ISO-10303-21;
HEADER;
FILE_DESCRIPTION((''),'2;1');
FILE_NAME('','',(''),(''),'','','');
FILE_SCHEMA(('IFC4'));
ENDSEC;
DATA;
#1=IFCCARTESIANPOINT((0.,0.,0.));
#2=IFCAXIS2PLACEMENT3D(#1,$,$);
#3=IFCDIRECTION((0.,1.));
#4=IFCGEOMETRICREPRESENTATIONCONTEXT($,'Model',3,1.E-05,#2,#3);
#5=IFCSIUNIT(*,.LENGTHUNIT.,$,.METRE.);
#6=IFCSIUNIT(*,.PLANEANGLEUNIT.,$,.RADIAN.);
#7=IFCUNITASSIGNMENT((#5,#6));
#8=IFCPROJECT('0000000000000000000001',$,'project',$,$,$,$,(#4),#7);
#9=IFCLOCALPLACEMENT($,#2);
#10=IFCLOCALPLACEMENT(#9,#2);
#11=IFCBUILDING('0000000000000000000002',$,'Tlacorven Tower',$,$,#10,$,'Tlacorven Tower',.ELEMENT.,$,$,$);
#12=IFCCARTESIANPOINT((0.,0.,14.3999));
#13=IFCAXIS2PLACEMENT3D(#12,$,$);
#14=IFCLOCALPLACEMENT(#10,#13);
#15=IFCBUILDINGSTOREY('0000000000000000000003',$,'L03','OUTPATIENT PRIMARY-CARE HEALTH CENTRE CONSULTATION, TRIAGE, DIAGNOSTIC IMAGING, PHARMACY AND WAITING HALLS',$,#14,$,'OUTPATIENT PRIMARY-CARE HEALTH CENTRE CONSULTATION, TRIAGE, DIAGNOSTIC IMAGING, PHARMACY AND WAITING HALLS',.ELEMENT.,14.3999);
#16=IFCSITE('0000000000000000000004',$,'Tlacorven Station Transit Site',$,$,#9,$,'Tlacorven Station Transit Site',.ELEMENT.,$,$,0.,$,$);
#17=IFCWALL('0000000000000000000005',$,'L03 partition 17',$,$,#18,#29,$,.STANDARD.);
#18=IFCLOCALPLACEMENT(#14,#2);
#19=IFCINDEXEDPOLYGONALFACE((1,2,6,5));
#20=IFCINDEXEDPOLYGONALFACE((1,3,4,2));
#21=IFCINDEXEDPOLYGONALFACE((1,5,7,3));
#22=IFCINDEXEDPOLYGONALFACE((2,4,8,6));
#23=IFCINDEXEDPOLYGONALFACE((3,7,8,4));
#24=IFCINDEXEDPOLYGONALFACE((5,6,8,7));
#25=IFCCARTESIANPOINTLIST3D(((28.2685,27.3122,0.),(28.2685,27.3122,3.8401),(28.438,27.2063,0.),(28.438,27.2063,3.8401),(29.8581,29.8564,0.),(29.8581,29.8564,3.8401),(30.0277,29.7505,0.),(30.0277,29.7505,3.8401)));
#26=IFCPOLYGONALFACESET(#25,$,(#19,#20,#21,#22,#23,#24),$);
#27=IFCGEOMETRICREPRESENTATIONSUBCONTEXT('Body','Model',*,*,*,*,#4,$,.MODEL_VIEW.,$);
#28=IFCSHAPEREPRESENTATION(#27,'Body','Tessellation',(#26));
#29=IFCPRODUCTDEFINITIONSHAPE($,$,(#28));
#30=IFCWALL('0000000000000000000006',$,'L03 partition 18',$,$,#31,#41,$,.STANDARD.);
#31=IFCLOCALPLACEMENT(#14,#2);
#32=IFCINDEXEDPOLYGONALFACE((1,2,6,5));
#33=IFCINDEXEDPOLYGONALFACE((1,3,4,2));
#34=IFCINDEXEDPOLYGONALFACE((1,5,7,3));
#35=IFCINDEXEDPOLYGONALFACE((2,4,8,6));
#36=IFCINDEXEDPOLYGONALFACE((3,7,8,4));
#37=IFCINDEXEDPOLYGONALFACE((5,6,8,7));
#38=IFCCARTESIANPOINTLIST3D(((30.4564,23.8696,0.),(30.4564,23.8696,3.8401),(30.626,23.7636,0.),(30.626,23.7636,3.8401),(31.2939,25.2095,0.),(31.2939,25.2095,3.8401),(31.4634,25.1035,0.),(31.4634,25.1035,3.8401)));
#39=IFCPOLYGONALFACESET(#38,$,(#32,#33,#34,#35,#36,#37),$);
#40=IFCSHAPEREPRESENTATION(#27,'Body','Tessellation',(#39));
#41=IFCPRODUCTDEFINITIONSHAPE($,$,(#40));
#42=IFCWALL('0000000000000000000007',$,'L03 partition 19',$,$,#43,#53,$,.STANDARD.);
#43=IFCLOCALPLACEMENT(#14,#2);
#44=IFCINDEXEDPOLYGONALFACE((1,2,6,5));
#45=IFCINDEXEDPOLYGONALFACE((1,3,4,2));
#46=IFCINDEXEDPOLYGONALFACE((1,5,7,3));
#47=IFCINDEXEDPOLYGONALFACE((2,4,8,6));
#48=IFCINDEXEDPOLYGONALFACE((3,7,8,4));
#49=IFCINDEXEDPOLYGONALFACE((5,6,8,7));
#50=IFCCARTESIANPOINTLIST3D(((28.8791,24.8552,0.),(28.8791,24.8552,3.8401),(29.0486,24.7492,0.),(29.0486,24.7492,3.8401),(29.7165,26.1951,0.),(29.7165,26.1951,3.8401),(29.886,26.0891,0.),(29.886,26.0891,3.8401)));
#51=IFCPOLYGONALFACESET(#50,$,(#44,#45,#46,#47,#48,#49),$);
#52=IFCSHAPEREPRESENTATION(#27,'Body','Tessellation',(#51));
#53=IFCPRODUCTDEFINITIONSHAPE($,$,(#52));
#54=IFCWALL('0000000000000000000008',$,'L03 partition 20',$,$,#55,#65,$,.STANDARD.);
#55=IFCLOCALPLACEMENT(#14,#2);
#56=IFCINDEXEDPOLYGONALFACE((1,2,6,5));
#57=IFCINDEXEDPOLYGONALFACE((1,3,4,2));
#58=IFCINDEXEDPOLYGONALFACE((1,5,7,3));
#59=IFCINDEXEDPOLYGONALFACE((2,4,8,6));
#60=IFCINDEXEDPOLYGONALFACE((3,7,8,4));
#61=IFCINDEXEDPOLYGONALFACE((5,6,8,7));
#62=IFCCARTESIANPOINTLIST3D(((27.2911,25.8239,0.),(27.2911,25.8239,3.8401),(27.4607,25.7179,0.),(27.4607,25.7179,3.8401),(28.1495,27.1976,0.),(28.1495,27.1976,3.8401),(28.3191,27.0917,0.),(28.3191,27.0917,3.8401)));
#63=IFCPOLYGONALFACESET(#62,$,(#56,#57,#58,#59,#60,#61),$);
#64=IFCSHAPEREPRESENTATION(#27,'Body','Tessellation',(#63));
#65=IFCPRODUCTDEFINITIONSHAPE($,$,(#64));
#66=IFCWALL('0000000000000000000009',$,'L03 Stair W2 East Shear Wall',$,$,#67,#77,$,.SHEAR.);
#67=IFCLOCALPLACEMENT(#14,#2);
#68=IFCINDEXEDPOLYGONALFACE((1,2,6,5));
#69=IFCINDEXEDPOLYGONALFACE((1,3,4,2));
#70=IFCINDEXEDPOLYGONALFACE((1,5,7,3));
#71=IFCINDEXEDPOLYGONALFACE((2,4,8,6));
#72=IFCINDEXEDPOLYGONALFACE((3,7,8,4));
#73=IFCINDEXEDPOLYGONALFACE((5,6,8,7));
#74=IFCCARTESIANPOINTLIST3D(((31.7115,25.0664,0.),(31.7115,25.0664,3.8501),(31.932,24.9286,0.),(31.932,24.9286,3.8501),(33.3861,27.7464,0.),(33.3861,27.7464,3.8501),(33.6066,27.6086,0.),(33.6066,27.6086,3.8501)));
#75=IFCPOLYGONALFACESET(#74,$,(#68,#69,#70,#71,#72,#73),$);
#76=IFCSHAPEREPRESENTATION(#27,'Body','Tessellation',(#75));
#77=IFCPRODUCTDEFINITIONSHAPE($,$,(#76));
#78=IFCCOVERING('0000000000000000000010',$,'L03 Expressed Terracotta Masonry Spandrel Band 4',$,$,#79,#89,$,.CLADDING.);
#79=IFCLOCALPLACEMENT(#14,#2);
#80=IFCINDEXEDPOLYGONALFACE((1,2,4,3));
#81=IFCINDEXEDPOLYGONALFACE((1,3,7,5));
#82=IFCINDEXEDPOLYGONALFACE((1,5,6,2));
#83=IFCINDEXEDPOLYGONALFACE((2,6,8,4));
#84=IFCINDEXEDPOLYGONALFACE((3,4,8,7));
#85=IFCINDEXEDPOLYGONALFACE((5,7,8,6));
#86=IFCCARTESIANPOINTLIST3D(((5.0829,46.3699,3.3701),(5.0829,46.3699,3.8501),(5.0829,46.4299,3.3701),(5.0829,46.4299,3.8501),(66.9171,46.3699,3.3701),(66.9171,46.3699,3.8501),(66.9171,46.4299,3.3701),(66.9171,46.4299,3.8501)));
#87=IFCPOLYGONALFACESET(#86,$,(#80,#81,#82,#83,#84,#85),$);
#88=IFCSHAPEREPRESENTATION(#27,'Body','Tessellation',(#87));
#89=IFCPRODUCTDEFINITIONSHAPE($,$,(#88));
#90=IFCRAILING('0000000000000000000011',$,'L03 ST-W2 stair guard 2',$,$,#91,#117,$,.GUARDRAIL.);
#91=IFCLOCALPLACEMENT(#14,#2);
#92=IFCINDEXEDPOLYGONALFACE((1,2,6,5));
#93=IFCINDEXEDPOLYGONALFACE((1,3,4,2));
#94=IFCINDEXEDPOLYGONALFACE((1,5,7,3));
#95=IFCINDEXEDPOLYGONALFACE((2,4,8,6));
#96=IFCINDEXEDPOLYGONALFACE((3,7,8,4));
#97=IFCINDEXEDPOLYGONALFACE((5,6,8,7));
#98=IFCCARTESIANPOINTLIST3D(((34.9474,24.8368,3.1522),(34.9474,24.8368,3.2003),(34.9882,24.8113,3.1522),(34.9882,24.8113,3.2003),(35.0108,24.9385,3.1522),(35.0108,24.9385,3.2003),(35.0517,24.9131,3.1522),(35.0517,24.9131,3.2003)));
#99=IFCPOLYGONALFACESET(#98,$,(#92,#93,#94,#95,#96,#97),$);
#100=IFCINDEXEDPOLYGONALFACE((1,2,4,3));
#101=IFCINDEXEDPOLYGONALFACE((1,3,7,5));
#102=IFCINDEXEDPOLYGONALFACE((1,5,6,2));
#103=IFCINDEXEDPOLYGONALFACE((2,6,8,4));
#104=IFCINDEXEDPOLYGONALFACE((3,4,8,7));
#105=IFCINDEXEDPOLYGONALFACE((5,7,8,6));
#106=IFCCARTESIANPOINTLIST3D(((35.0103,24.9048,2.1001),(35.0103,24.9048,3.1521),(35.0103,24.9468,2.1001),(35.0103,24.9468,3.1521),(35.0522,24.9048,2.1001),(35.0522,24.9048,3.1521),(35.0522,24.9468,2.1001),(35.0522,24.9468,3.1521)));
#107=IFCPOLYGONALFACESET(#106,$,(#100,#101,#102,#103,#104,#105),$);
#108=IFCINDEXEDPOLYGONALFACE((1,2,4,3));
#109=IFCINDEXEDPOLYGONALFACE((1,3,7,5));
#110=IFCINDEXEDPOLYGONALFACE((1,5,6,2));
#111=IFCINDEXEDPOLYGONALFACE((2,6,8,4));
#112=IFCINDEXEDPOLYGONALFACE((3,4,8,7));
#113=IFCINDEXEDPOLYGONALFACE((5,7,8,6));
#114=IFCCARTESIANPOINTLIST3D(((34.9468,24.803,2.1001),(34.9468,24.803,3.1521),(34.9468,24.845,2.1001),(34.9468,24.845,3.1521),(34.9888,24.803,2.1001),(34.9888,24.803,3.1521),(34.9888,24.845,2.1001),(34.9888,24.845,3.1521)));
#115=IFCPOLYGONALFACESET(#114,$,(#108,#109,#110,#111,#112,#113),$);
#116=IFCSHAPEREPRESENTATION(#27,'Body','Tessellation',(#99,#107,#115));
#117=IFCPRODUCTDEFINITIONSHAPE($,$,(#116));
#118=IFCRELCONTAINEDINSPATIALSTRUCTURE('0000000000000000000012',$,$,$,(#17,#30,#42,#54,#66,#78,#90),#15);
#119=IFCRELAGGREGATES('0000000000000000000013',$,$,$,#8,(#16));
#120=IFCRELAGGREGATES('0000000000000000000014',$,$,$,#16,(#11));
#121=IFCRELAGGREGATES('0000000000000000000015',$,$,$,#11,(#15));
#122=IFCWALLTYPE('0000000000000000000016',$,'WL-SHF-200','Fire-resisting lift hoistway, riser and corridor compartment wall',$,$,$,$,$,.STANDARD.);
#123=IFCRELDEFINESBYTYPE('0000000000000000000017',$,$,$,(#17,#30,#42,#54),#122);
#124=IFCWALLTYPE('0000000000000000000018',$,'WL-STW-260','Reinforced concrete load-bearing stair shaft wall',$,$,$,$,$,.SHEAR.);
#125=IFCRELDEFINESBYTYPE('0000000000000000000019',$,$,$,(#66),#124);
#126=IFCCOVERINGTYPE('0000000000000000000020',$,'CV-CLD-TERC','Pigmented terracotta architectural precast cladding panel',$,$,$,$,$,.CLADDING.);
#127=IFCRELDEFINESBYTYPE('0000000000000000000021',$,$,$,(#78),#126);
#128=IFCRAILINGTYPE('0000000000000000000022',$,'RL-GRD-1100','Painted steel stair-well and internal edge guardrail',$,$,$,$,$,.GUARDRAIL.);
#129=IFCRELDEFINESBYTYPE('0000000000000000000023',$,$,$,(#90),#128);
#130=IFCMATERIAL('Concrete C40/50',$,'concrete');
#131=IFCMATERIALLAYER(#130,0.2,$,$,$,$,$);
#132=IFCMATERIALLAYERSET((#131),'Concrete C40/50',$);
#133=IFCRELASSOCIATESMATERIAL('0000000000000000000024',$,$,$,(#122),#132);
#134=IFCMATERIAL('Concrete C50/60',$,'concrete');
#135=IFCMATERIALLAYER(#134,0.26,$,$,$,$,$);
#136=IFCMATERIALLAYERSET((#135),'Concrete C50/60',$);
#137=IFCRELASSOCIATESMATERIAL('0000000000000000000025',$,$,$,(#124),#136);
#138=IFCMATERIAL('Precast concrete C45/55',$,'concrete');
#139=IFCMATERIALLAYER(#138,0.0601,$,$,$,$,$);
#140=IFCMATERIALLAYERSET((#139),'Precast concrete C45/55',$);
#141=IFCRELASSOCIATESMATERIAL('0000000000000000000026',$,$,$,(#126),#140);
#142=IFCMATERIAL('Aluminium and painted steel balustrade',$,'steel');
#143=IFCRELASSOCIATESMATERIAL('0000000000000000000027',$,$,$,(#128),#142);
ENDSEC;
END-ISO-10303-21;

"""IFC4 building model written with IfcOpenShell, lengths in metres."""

from ifc_helpers import new_model, si_unit, direction, frame, frame_2d, origin, origin_2d, place, context, subcontext, project, spatial, rectangle, extrude, source, transform, mapped, material, layer, layer_set, type_object, element, save


model = new_model("IFC4")

# Units and contexts
model_context = context("Model", 3, precision=1e-05, world=origin(), true_north=direction((0.0, 1.0)))
body_context = subcontext(model_context, "Body", "Model", "MODEL_VIEW")
ifc_project = project(units=[si_unit("LENGTHUNIT", "METRE"), si_unit("PLANEANGLEUNIT", "RADIAN")], contexts=[model_context])

# Site, building, storey
site_placement = place(None, origin())
site = spatial("IfcSite", under=ifc_project, at=site_placement, Name="Tlacorven Station Transit Site", LongName="Tlacorven Station Transit Site", CompositionType="ELEMENT", RefElevation=0.0)
building_placement = place(site_placement, origin())
building = spatial("IfcBuilding", under=site, at=building_placement, Name="Tlacorven Tower", LongName="Tlacorven Tower", CompositionType="ELEMENT")
storey_placement = place(building_placement, frame((0.0, 0.0, 14.3999)))
storey = spatial("IfcBuildingStorey", under=building, at=storey_placement, Name="L03", Description="OUTPATIENT PRIMARY-CARE HEALTH CENTRE CONSULTATION, TRIAGE, DIAGNOSTIC IMAGING, PHARMACY AND WAITING HALLS", LongName="OUTPATIENT PRIMARY-CARE HEALTH CENTRE CONSULTATION, TRIAGE, DIAGNOSTIC IMAGING, PHARMACY AND WAITING HALLS", CompositionType="ELEMENT", Elevation=14.3999)

# Walls
ifc_material_1 = material(Name="Concrete C40/50", Category="concrete")
ifc_layer_1 = layer(ifc_material_1, 0.2)
ifc_layer_set_1 = layer_set([ifc_layer_1], Name="Concrete C40/50")
wall_type_1 = type_object("IfcWallType", Name="WL-SHF-200", Description="Fire-resisting lift hoistway, riser and corridor compartment wall", PredefinedType="STANDARD", material=ifc_layer_set_1)
wall_1_placement = place(storey_placement, frame((29.9429, 29.8035, 0.0), z_axis=(0.0, 0.0, 1.0), x_axis=(-0.529875, -0.848076, 0.0)))
element("IfcWall", 1, at=wall_1_placement, inside=storey, type_object=wall_type_1, Name="L03 partition 17", PredefinedType="STANDARD", context=body_context, shape_type="SweptSolid", body=[
    extrude(rectangle(XDim=3.0, YDim=0.2, at=frame_2d((1.5, 0.0))), origin(), (0.0, 0.0, 1.0), 3.8401),
])
for number, where, z_axis, x_axis, name in (
    (2, (31.3787, 25.1565, 0.0), (0.0, 0.0, 1.0), (-0.529999, -0.847998, 0.0), "L03 partition 18"),
    (3, (29.8013, 26.1421, 0.0), (0.0, 0.0, 1.0), (-0.529999, -0.847998, 0.0), "L03 partition 19"),
):
    element("IfcWall", number, at=place(storey_placement, frame(where, z_axis=z_axis, x_axis=x_axis)), inside=storey, type_object=wall_type_1, Name=name, PredefinedType="STANDARD", context=body_context, shape_type="SweptSolid", body=[
        extrude(rectangle(XDim=1.5801, YDim=0.2, at=frame_2d((0.79, 0.0))), origin(), (0.0, 0.0, 1.0), 3.8401),
    ])
wall_2_placement = place(storey_placement, frame((28.2344, 27.1448, 0.0), z_axis=(0.0, 0.0, 1.0), x_axis=(-0.529904, -0.848058, 0.0)))
element("IfcWall", 4, at=wall_2_placement, inside=storey, type_object=wall_type_1, Name="L03 partition 20", PredefinedType="STANDARD", context=body_context, shape_type="SweptSolid", body=[
    extrude(rectangle(XDim=1.6199, YDim=0.2, at=frame_2d((0.8101, 0.0))), origin(), (0.0, 0.0, 1.0), 3.8401),
])
ifc_material_2 = material(Name="Concrete C50/60", Category="concrete")
ifc_layer_2 = layer(ifc_material_2, 0.26)
ifc_layer_set_2 = layer_set([ifc_layer_2], Name="Concrete C50/60")
wall_type_2 = type_object("IfcWallType", Name="WL-STW-260", Description="Reinforced concrete load-bearing stair shaft wall", PredefinedType="SHEAR", material=ifc_layer_set_2)
wall_3_placement = place(storey_placement, frame((33.4963, 27.6775, 0.0), z_axis=(0.0, 0.0, 1.0), x_axis=(-0.529909, -0.848055, 0.0)))
element("IfcWall", 5, at=wall_3_placement, inside=storey, type_object=wall_type_2, Name="L03 Stair W2 East Shear Wall", PredefinedType="SHEAR", context=body_context, shape_type="SweptSolid", body=[
    extrude(rectangle(XDim=3.1602, YDim=0.26, at=frame_2d((1.5801, 0.0))), origin(), (0.0, 0.0, 1.0), 3.8501),
])

# Covering
ifc_material_3 = material(Name="Precast concrete C45/55", Category="concrete")
ifc_layer_3 = layer(ifc_material_3, 0.0601)
ifc_layer_set_3 = layer_set([ifc_layer_3], Name="Precast concrete C45/55")
covering_type = type_object("IfcCoveringType", Name="CV-CLD-TERC", Description="Pigmented terracotta architectural precast cladding panel", PredefinedType="CLADDING", material=ifc_layer_set_3)
shared_shape_1 = source(origin(), body_context, "Body", "SweptSolid", [
    extrude(rectangle(XDim=61.8342, YDim=0.0601, at=origin_2d()), origin(), (0.0, 0.0, 1.0), 0.48),
])
covering_placement = place(storey_placement, frame((36.0, 46.3999, 3.3701), z_axis=(0.0, 0.0, 1.0), x_axis=(1.0, 0.0, 0.0)))
element("IfcCovering", 6, at=covering_placement, inside=storey, type_object=covering_type, Name="L03 Expressed Terracotta Masonry Spandrel Band 4", PredefinedType="CLADDING", context=body_context, shape_type="MappedRepresentation", body=[
    mapped(shared_shape_1, transform((0.0, 0.0, 0.0), scale=1.0)),
])

# Railing
ifc_material_4 = material(Name="Aluminium and painted steel balustrade", Category="steel")
railing_type = type_object("IfcRailingType", Name="RL-GRD-1100", Description="Painted steel stair-well and internal edge guardrail", PredefinedType="GUARDRAIL", material=ifc_material_4)
shared_shape_2 = source(origin(), body_context, "Body", "SweptSolid", [
    extrude(rectangle(XDim=0.0481, YDim=0.0481, at=origin_2d()), frame((0.0, 0.0, 1.0762), z_axis=(-0.529084, -0.848569, 0.0), x_axis=(0.848569, -0.529084, 0.0)), (0.0, 0.0, 1.0), 0.1199),
    extrude(rectangle(XDim=0.042, YDim=0.042, at=origin_2d()), origin(), (0.0, 0.0, 1.0), 1.052),
    extrude(rectangle(XDim=0.042, YDim=0.042, at=origin_2d()), frame((-0.0635, -0.1018, 0.0)), (0.0, 0.0, 1.0), 1.052),
])
railing_placement = place(storey_placement, frame((35.0312, 24.9258, 2.1001)))
element("IfcRailing", 7, at=railing_placement, inside=storey, type_object=railing_type, Name="L03 ST-W2 stair guard 2", PredefinedType="GUARDRAIL", context=body_context, shape_type="MappedRepresentation", body=[
    mapped(shared_shape_2, transform((0.0, 0.0, 0.0), scale=1.0)),
])

save(model, "model.ifc")
